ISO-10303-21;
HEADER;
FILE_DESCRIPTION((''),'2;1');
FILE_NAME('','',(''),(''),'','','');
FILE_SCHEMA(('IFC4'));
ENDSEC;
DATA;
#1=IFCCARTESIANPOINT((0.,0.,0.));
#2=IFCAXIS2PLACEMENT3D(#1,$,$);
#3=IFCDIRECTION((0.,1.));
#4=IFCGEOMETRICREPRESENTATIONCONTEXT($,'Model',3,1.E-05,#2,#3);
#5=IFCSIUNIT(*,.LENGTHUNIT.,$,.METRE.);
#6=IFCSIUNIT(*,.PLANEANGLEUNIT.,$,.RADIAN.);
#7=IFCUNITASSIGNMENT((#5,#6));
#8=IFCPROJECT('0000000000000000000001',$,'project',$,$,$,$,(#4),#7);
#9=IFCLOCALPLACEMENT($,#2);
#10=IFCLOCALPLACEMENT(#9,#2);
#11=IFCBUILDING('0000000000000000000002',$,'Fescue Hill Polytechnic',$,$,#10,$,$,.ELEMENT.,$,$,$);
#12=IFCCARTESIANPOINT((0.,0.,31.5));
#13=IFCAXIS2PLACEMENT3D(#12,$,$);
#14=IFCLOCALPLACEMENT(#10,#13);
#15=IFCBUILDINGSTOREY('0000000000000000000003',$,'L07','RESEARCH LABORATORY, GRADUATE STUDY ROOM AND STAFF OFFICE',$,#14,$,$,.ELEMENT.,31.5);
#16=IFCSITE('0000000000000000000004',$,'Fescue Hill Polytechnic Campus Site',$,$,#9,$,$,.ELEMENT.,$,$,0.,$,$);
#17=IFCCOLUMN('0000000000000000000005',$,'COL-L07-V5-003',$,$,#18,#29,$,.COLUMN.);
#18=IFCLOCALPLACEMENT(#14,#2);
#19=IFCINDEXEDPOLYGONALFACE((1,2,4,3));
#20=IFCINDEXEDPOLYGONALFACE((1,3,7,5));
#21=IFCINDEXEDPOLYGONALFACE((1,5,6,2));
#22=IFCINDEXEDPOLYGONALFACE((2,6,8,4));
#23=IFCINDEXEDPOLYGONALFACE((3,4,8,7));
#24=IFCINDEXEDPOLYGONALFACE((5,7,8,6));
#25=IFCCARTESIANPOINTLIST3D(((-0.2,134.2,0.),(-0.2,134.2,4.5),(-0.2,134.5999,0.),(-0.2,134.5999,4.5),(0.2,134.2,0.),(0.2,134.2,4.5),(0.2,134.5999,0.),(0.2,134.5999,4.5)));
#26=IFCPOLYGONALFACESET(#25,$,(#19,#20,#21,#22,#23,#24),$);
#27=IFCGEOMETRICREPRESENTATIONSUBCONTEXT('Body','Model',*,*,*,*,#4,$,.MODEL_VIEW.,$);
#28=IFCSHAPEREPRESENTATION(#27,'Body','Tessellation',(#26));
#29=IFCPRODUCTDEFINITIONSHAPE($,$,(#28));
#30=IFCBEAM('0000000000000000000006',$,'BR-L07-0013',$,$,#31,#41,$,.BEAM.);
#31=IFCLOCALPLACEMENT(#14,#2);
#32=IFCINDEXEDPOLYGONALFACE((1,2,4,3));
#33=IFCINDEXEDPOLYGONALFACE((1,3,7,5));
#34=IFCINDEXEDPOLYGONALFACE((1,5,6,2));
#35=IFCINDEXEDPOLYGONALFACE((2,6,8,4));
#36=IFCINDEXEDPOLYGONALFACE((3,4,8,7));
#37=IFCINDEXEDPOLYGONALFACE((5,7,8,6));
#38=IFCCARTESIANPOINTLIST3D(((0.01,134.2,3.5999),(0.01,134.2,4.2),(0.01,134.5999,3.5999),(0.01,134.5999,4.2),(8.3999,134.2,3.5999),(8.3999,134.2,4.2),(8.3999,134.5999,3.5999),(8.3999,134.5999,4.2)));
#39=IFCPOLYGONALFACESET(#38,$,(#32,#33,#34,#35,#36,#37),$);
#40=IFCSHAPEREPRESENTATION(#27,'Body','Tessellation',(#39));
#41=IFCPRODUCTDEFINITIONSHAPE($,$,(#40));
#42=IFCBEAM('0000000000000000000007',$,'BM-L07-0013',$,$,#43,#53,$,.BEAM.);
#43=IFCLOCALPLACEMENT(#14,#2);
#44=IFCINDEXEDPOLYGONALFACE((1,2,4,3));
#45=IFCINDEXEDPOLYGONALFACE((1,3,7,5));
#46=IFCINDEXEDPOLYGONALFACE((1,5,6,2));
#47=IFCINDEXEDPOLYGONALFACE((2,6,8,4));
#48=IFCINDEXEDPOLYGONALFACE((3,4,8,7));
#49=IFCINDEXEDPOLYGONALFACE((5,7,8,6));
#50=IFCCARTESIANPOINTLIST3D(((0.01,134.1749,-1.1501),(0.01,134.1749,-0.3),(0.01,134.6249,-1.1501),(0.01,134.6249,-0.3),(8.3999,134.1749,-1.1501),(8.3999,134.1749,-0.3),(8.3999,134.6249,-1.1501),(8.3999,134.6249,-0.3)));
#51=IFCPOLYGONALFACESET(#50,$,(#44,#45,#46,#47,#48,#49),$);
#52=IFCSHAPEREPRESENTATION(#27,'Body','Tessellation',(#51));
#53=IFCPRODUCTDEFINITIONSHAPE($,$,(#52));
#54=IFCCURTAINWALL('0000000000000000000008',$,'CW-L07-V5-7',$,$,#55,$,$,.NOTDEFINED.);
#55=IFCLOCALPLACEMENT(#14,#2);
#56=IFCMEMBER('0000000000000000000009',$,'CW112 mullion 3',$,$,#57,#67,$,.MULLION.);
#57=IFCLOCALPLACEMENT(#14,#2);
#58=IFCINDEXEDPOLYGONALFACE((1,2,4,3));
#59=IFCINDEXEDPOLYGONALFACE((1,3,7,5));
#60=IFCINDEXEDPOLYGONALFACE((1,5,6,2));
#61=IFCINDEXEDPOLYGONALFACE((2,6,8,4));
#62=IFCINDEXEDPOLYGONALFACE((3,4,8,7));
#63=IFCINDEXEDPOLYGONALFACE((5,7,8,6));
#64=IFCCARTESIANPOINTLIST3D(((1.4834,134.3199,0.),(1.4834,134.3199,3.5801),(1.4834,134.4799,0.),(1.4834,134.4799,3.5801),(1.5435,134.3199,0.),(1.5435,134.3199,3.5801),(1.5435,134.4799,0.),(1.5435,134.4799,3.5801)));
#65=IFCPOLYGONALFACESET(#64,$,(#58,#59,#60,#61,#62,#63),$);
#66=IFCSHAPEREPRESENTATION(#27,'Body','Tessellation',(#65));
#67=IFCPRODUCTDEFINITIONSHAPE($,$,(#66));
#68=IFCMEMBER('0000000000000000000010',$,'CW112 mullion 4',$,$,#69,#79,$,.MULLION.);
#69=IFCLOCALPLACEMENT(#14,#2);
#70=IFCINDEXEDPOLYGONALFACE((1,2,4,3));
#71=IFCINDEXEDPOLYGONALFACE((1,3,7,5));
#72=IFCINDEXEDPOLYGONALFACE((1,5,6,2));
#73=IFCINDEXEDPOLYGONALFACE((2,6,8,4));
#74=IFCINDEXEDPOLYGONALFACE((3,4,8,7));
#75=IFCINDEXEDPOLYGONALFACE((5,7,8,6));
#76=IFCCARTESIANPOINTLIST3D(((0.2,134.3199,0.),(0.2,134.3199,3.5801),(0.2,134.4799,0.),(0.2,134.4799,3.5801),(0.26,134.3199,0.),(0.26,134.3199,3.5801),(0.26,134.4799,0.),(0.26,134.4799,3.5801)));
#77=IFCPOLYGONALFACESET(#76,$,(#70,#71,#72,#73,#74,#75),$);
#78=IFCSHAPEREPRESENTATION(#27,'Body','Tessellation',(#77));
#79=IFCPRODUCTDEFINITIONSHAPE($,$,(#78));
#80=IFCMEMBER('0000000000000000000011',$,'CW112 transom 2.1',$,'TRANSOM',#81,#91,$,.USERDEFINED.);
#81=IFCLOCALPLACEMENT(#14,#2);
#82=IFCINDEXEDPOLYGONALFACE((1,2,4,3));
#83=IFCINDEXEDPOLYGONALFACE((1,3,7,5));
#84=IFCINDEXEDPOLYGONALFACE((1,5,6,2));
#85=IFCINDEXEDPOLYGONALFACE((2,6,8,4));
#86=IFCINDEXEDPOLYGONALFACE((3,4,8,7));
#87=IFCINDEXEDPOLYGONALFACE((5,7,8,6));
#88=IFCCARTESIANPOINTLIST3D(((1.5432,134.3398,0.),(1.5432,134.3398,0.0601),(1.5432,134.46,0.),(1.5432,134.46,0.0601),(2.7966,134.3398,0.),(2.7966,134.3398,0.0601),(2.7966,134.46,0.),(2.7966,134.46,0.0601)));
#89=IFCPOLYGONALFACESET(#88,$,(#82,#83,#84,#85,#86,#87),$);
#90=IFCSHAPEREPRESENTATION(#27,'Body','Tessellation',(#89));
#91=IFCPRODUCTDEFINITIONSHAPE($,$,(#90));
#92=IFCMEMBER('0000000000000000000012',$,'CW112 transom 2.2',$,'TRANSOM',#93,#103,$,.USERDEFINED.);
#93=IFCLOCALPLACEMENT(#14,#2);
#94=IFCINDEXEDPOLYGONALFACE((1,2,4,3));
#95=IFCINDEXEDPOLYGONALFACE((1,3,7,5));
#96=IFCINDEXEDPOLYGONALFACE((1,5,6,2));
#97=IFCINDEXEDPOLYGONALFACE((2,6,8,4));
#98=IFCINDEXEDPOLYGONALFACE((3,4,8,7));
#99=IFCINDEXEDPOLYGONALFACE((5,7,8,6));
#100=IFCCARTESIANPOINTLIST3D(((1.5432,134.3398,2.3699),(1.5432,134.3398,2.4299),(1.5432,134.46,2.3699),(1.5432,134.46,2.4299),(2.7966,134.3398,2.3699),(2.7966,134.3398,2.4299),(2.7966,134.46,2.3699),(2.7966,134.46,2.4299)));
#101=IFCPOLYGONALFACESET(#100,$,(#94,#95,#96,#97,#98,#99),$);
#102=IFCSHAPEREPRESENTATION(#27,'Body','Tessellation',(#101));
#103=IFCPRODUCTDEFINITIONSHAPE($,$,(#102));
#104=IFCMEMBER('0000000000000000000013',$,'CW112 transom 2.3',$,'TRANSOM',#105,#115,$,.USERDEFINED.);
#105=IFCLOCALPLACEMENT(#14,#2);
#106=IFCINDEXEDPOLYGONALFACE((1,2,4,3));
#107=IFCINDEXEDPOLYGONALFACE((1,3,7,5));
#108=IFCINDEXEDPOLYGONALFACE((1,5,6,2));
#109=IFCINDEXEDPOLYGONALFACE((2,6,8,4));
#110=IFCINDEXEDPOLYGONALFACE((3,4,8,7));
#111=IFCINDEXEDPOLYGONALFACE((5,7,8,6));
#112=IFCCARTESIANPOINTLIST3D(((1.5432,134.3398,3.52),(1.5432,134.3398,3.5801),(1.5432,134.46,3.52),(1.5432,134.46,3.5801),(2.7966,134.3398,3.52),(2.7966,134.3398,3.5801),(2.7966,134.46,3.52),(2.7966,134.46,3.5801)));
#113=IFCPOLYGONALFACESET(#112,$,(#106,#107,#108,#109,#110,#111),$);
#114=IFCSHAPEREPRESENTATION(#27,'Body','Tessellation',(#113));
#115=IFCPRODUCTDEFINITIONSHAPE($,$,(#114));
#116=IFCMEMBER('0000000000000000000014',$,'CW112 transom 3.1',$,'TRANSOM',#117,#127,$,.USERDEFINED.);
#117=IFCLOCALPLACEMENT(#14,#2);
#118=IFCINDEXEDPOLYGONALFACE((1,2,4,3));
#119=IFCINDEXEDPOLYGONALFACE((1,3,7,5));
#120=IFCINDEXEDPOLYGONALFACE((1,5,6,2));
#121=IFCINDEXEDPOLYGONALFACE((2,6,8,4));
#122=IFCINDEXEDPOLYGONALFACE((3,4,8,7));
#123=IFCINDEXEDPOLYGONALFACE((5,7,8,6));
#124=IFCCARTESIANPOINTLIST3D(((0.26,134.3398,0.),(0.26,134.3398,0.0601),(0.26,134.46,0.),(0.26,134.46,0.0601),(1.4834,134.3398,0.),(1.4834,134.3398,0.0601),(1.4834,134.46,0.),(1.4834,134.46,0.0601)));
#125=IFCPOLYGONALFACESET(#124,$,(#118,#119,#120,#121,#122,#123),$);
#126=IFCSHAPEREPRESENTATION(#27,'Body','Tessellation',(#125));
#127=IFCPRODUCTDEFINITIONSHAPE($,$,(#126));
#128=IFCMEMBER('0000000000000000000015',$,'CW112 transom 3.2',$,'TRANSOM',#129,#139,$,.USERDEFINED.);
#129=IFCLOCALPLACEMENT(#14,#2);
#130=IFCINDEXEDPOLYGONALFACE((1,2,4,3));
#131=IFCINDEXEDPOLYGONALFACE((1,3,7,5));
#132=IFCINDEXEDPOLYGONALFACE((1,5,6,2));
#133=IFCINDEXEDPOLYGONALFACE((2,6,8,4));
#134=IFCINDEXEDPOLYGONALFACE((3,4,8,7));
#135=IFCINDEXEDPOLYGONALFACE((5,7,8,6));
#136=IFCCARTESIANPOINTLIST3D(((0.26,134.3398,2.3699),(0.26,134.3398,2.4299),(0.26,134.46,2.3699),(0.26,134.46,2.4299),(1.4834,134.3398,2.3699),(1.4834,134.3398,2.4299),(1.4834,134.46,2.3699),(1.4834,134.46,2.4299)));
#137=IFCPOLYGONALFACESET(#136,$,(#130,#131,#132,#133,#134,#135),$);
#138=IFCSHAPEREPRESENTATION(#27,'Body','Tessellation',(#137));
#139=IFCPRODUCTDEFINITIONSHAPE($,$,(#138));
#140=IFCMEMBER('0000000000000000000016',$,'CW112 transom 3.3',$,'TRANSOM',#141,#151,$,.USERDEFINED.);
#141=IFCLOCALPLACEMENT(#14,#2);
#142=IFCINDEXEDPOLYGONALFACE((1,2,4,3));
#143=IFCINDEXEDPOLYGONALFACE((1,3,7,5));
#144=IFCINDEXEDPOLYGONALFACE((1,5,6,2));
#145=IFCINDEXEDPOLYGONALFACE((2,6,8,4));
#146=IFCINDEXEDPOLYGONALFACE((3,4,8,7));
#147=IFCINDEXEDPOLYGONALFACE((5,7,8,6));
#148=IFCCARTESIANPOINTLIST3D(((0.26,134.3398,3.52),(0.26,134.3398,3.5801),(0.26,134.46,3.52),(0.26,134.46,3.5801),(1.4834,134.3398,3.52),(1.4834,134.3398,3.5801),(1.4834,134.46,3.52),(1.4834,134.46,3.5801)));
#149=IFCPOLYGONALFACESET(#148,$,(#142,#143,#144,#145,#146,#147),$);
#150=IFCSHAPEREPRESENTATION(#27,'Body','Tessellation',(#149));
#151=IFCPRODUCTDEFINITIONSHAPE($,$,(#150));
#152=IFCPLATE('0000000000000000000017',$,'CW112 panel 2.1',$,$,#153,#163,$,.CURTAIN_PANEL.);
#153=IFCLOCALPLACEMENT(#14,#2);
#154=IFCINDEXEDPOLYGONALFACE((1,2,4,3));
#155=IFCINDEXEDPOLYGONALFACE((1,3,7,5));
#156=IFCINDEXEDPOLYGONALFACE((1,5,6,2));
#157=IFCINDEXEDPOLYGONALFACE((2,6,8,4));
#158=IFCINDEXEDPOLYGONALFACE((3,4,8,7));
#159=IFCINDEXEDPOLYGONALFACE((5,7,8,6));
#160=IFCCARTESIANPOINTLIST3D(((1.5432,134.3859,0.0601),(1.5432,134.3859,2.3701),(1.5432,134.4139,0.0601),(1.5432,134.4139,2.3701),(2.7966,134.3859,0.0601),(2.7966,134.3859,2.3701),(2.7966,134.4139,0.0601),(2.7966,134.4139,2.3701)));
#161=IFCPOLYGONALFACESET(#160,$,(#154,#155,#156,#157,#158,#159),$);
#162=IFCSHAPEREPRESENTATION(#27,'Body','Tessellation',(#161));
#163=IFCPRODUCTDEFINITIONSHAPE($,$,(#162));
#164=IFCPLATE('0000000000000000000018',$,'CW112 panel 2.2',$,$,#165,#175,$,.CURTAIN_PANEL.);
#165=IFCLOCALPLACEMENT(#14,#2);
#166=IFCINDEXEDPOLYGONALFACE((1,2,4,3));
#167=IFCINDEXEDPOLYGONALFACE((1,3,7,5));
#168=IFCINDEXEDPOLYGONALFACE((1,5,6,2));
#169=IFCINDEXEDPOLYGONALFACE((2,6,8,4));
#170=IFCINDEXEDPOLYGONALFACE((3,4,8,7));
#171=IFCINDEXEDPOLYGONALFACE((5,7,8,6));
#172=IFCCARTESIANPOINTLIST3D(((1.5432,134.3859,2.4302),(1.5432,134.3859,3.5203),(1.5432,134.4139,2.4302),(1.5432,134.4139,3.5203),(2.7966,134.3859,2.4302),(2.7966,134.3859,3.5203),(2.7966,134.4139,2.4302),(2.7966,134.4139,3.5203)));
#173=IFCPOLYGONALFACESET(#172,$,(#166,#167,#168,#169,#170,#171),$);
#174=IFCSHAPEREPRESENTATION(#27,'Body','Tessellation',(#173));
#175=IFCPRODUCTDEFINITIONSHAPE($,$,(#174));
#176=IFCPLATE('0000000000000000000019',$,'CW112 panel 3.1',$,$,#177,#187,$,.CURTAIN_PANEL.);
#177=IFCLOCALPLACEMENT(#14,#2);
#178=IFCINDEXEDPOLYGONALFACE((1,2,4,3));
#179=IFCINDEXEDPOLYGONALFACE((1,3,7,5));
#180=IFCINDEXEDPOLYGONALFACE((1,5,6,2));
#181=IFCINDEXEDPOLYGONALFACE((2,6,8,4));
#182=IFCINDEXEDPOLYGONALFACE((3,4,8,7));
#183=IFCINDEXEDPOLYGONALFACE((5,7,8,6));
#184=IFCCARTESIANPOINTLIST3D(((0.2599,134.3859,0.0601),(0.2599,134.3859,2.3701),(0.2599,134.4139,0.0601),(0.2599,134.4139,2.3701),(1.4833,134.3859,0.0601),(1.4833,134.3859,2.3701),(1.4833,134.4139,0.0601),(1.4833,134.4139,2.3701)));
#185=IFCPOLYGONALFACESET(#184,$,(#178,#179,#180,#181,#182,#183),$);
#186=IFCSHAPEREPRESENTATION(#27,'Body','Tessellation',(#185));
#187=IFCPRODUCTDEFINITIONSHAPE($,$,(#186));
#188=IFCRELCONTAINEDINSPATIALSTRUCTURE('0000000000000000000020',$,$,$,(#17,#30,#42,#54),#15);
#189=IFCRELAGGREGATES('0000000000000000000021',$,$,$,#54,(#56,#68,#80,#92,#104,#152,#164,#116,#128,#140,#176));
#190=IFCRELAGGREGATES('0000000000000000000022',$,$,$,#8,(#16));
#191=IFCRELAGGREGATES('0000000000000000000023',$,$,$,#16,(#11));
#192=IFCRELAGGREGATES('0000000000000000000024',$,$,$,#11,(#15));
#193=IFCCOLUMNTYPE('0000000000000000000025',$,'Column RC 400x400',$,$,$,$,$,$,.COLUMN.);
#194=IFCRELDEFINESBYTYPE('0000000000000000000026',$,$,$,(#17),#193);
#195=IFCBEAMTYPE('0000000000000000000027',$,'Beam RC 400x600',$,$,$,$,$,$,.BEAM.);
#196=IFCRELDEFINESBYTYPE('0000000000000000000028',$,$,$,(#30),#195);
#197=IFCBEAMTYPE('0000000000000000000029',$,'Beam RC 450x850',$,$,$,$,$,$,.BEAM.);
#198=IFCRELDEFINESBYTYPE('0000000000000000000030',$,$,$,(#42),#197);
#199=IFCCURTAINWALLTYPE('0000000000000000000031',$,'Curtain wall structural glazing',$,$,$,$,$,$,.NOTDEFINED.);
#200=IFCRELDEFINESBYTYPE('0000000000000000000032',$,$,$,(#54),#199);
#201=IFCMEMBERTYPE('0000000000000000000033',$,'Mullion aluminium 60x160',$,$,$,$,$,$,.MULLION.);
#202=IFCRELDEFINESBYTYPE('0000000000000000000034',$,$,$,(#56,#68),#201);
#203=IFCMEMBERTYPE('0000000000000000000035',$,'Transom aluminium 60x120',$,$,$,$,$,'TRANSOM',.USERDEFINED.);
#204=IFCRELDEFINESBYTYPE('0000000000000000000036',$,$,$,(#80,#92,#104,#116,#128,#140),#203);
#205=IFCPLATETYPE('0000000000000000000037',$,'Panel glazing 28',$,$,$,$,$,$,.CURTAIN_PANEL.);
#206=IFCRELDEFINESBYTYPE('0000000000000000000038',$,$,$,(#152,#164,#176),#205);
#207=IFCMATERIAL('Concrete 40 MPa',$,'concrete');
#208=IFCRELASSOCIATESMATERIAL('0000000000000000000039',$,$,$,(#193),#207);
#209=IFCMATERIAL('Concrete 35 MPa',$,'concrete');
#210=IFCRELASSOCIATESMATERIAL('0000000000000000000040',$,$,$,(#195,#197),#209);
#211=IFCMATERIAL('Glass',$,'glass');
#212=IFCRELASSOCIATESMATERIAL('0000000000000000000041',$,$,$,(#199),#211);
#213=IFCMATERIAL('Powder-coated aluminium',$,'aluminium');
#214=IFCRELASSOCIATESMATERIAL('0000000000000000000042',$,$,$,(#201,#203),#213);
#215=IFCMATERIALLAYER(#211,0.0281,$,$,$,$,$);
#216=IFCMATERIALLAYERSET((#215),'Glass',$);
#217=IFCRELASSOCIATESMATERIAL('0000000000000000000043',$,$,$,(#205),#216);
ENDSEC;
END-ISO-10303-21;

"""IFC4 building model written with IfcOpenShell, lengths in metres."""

from ifc_helpers import new_model, si_unit, direction, frame, origin, origin_2d, place, context, subcontext, project, spatial, rectangle, extrude, material, layer, layer_set, material_profile, profile_set, type_object, element, aggregate, save


model = new_model("IFC4")

# Units and contexts
model_context = context("Model", 3, precision=1e-05, world=origin(), true_north=direction((0.0, 1.0)))
body_context = subcontext(model_context, "Body", "Model", "MODEL_VIEW")
ifc_project = project(units=[si_unit("LENGTHUNIT", "METRE"), si_unit("PLANEANGLEUNIT", "RADIAN")], contexts=[model_context])

# Site, building, storey
site_placement = place(None, origin())
site = spatial("IfcSite", under=ifc_project, at=site_placement, Name="Fescue Hill Polytechnic Campus Site", CompositionType="ELEMENT", RefElevation=0.0)
building_placement = place(site_placement, origin())
building = spatial("IfcBuilding", under=site, at=building_placement, Name="Fescue Hill Polytechnic", CompositionType="ELEMENT")
storey_placement = place(building_placement, frame((0.0, 0.0, 31.5)))
storey = spatial("IfcBuildingStorey", under=building, at=storey_placement, Name="L07", Description="RESEARCH LABORATORY, GRADUATE STUDY ROOM AND STAFF OFFICE", CompositionType="ELEMENT", Elevation=31.5)

# Column
ifc_material_1 = material(Name="Concrete 40 MPa", Category="concrete")
ifc_material_profile_1 = material_profile(ifc_material_1, rectangle(XDim=0.3999, YDim=0.3999, at=origin_2d()), Name="RC 400x400")
ifc_profile_set_1 = profile_set([ifc_material_profile_1], Name="Concrete 40 MPa")
column_type = type_object("IfcColumnType", Name="Column RC 400x400", PredefinedType="COLUMN", material=ifc_profile_set_1)
column_placement = place(storey_placement, frame((0.0, 134.3999, 0.0), z_axis=(0.0, 0.0, 1.0), x_axis=(1.0, 0.0, 0.0)))
element("IfcColumn", 1, at=column_placement, inside=storey, type_object=column_type, Name="COL-L07-V5-003", PredefinedType="COLUMN", context=body_context, shape_type="SweptSolid", body=[
    extrude(rectangle(XDim=0.3999, YDim=0.3999, at=origin_2d()), origin(), (0.0, 0.0, 1.0), 4.5),
])

# Beams
ifc_material_2 = material(Name="Concrete 35 MPa", Category="concrete")
ifc_material_profile_2 = material_profile(ifc_material_2, rectangle(XDim=0.3999, YDim=0.6001, at=origin_2d()), Name="RC 400x600")
ifc_profile_set_2 = profile_set([ifc_material_profile_2], Name="Concrete 35 MPa")
beam_type_1 = type_object("IfcBeamType", Name="Beam RC 400x600", PredefinedType="BEAM", material=ifc_profile_set_2)
beam_1_placement = place(storey_placement, frame((0.01, 134.3999, 3.8999), z_axis=(1.0, 0.0, 0.0), x_axis=(0.0, 1.0, 0.0)))
element("IfcBeam", 2, at=beam_1_placement, inside=storey, type_object=beam_type_1, Name="BR-L07-0013", PredefinedType="BEAM", context=body_context, shape_type="SweptSolid", body=[
    extrude(rectangle(XDim=0.3999, YDim=0.6001, at=origin_2d()), origin(), (0.0, 0.0, 1.0), 8.3899),
])
ifc_material_profile_3 = material_profile(ifc_material_2, rectangle(XDim=0.45, YDim=0.8501, at=origin_2d()), Name="RC 450x850")
ifc_profile_set_3 = profile_set([ifc_material_profile_3], Name="Concrete 35 MPa")
beam_type_2 = type_object("IfcBeamType", Name="Beam RC 450x850", PredefinedType="BEAM", material=ifc_profile_set_3)
beam_2_placement = place(storey_placement, frame((0.01, 134.3999, -0.7251), z_axis=(1.0, 0.0, 0.0), x_axis=(0.0, 1.0, 0.0)))
element("IfcBeam", 3, at=beam_2_placement, inside=storey, type_object=beam_type_2, Name="BM-L07-0013", PredefinedType="BEAM", context=body_context, shape_type="SweptSolid", body=[
    extrude(rectangle(XDim=0.45, YDim=0.8501, at=origin_2d()), origin(), (0.0, 0.0, 1.0), 8.3899),
])

# Curtain wall, members, plates
ifc_material_3 = material(Name="Glass", Category="glass")
curtain_wall_type = type_object("IfcCurtainWallType", Name="Curtain wall structural glazing", PredefinedType="NOTDEFINED", material=ifc_material_3)
curtain_wall_placement = place(storey_placement, origin())
curtain_wall = element("IfcCurtainWall", 4, at=curtain_wall_placement, inside=storey, type_object=curtain_wall_type, Name="CW-L07-V5-7", PredefinedType="NOTDEFINED")
ifc_material_4 = material(Name="Powder-coated aluminium", Category="aluminium")
ifc_material_profile_4 = material_profile(ifc_material_4, rectangle(XDim=0.1599, YDim=0.0601, at=origin_2d()), Name="Mullion aluminium 60x160")
ifc_profile_set_4 = profile_set([ifc_material_profile_4], Name="Powder-coated aluminium")
member_type_1 = type_object("IfcMemberType", Name="Mullion aluminium 60x160", PredefinedType="MULLION", material=ifc_profile_set_4)
member_1_placement = place(storey_placement, frame((1.5134, 134.3999, 0.0), z_axis=(0.0, 0.0, 1.0), x_axis=(0.0, -1.0, 0.0)))
member_1 = element("IfcMember", 5, at=member_1_placement, type_object=member_type_1, Name="CW112 mullion 3", PredefinedType="MULLION", context=body_context, shape_type="SweptSolid", body=[
    extrude(rectangle(XDim=0.1599, YDim=0.0601, at=origin_2d()), origin(), (0.0, 0.0, 1.0), 3.5801),
])
member_2_placement = place(storey_placement, frame((0.23, 134.3999, 0.0), z_axis=(0.0, 0.0, 1.0), x_axis=(0.0, -1.0, 0.0)))
member_2 = element("IfcMember", 6, at=member_2_placement, type_object=member_type_1, Name="CW112 mullion 4", PredefinedType="MULLION", context=body_context, shape_type="SweptSolid", body=[
    extrude(rectangle(XDim=0.1599, YDim=0.0601, at=origin_2d()), origin(), (0.0, 0.0, 1.0), 3.5801),
])
ifc_material_profile_5 = material_profile(ifc_material_4, rectangle(XDim=0.1201, YDim=0.0601, at=origin_2d()), Name="Transom aluminium 60x120")
ifc_profile_set_5 = profile_set([ifc_material_profile_5], Name="Powder-coated aluminium")
member_type_2 = type_object("IfcMemberType", Name="Transom aluminium 60x120", ElementType="TRANSOM", PredefinedType="USERDEFINED", material=ifc_profile_set_5)
member_3_placement = place(storey_placement, frame((2.7966, 134.3999, 0.03), z_axis=(-1.0, 0.0, 0.0), x_axis=(0.0, -1.0, 0.0)))
member_3 = element("IfcMember", 7, at=member_3_placement, type_object=member_type_2, Name="CW112 transom 2.1", ObjectType="TRANSOM", PredefinedType="USERDEFINED", context=body_context, shape_type="SweptSolid", body=[
    extrude(rectangle(XDim=0.1201, YDim=0.0601, at=origin_2d()), origin(), (0.0, 0.0, 1.0), 1.2534),
])
member_4_placement = place(storey_placement, frame((2.7966, 134.3999, 2.3999), z_axis=(-1.0, 0.0, 0.0), x_axis=(0.0, -1.0, 0.0)))
member_4 = element("IfcMember", 8, at=member_4_placement, type_object=member_type_2, Name="CW112 transom 2.2", ObjectType="TRANSOM", PredefinedType="USERDEFINED", context=body_context, shape_type="SweptSolid", body=[
    extrude(rectangle(XDim=0.1201, YDim=0.0601, at=origin_2d()), origin(), (0.0, 0.0, 1.0), 1.2534),
])
member_5_placement = place(storey_placement, frame((2.7966, 134.3999, 3.55), z_axis=(-1.0, 0.0, 0.0), x_axis=(0.0, -1.0, 0.0)))
member_5 = element("IfcMember", 9, at=member_5_placement, type_object=member_type_2, Name="CW112 transom 2.3", ObjectType="TRANSOM", PredefinedType="USERDEFINED", context=body_context, shape_type="SweptSolid", body=[
    extrude(rectangle(XDim=0.1201, YDim=0.0601, at=origin_2d()), origin(), (0.0, 0.0, 1.0), 1.2534),
])
member_6_placement = place(storey_placement, frame((1.4834, 134.3999, 0.03), z_axis=(-1.0, 0.0, 0.0), x_axis=(0.0, -1.0, 0.0)))
member_6 = element("IfcMember", 10, at=member_6_placement, type_object=member_type_2, Name="CW112 transom 3.1", ObjectType="TRANSOM", PredefinedType="USERDEFINED", context=body_context, shape_type="SweptSolid", body=[
    extrude(rectangle(XDim=0.1201, YDim=0.0601, at=origin_2d()), origin(), (0.0, 0.0, 1.0), 1.2234),
])
member_7_placement = place(storey_placement, frame((1.4834, 134.3999, 2.3999), z_axis=(-1.0, 0.0, 0.0), x_axis=(0.0, -1.0, 0.0)))
member_7 = element("IfcMember", 11, at=member_7_placement, type_object=member_type_2, Name="CW112 transom 3.2", ObjectType="TRANSOM", PredefinedType="USERDEFINED", context=body_context, shape_type="SweptSolid", body=[
    extrude(rectangle(XDim=0.1201, YDim=0.0601, at=origin_2d()), origin(), (0.0, 0.0, 1.0), 1.2234),
])
member_8_placement = place(storey_placement, frame((1.4834, 134.3999, 3.55), z_axis=(-1.0, 0.0, 0.0), x_axis=(0.0, -1.0, 0.0)))
member_8 = element("IfcMember", 12, at=member_8_placement, type_object=member_type_2, Name="CW112 transom 3.3", ObjectType="TRANSOM", PredefinedType="USERDEFINED", context=body_context, shape_type="SweptSolid", body=[
    extrude(rectangle(XDim=0.1201, YDim=0.0601, at=origin_2d()), origin(), (0.0, 0.0, 1.0), 1.2234),
])
ifc_layer_1 = layer(ifc_material_3, 0.0281)
ifc_layer_set_1 = layer_set([ifc_layer_1], Name="Glass")
plate_type = type_object("IfcPlateType", Name="Panel glazing 28", PredefinedType="CURTAIN_PANEL", material=ifc_layer_set_1)
plate_1_placement = place(storey_placement, frame((2.1699, 134.3999, 0.0601), z_axis=(0.0, 0.0, 1.0), x_axis=(-1.0, 0.0, 0.0)))
plate_1 = element("IfcPlate", 13, at=plate_1_placement, type_object=plate_type, Name="CW112 panel 2.1", PredefinedType="CURTAIN_PANEL", context=body_context, shape_type="SweptSolid", body=[
    extrude(rectangle(XDim=1.2534, YDim=0.0281, at=origin_2d()), origin(), (0.0, 0.0, 1.0), 2.3101),
])
plate_2_placement = place(storey_placement, frame((2.1699, 134.3999, 2.4302), z_axis=(0.0, 0.0, 1.0), x_axis=(-1.0, 0.0, 0.0)))
plate_2 = element("IfcPlate", 14, at=plate_2_placement, type_object=plate_type, Name="CW112 panel 2.2", PredefinedType="CURTAIN_PANEL", context=body_context, shape_type="SweptSolid", body=[
    extrude(rectangle(XDim=1.2534, YDim=0.0281, at=origin_2d()), origin(), (0.0, 0.0, 1.0), 1.0901),
])
plate_3_placement = place(storey_placement, frame((0.8716, 134.3999, 0.0601), z_axis=(0.0, 0.0, 1.0), x_axis=(-1.0, 0.0, 0.0)))
plate_3 = element("IfcPlate", 15, at=plate_3_placement, type_object=plate_type, Name="CW112 panel 3.1", PredefinedType="CURTAIN_PANEL", context=body_context, shape_type="SweptSolid", body=[
    extrude(rectangle(XDim=1.2234, YDim=0.0281, at=origin_2d()), origin(), (0.0, 0.0, 1.0), 2.3101),
])
aggregate(curtain_wall, [member_1, member_2, member_3, member_4, member_5, plate_1, plate_2, member_6, member_7, member_8, plate_3])

save(model, "model.ifc")
